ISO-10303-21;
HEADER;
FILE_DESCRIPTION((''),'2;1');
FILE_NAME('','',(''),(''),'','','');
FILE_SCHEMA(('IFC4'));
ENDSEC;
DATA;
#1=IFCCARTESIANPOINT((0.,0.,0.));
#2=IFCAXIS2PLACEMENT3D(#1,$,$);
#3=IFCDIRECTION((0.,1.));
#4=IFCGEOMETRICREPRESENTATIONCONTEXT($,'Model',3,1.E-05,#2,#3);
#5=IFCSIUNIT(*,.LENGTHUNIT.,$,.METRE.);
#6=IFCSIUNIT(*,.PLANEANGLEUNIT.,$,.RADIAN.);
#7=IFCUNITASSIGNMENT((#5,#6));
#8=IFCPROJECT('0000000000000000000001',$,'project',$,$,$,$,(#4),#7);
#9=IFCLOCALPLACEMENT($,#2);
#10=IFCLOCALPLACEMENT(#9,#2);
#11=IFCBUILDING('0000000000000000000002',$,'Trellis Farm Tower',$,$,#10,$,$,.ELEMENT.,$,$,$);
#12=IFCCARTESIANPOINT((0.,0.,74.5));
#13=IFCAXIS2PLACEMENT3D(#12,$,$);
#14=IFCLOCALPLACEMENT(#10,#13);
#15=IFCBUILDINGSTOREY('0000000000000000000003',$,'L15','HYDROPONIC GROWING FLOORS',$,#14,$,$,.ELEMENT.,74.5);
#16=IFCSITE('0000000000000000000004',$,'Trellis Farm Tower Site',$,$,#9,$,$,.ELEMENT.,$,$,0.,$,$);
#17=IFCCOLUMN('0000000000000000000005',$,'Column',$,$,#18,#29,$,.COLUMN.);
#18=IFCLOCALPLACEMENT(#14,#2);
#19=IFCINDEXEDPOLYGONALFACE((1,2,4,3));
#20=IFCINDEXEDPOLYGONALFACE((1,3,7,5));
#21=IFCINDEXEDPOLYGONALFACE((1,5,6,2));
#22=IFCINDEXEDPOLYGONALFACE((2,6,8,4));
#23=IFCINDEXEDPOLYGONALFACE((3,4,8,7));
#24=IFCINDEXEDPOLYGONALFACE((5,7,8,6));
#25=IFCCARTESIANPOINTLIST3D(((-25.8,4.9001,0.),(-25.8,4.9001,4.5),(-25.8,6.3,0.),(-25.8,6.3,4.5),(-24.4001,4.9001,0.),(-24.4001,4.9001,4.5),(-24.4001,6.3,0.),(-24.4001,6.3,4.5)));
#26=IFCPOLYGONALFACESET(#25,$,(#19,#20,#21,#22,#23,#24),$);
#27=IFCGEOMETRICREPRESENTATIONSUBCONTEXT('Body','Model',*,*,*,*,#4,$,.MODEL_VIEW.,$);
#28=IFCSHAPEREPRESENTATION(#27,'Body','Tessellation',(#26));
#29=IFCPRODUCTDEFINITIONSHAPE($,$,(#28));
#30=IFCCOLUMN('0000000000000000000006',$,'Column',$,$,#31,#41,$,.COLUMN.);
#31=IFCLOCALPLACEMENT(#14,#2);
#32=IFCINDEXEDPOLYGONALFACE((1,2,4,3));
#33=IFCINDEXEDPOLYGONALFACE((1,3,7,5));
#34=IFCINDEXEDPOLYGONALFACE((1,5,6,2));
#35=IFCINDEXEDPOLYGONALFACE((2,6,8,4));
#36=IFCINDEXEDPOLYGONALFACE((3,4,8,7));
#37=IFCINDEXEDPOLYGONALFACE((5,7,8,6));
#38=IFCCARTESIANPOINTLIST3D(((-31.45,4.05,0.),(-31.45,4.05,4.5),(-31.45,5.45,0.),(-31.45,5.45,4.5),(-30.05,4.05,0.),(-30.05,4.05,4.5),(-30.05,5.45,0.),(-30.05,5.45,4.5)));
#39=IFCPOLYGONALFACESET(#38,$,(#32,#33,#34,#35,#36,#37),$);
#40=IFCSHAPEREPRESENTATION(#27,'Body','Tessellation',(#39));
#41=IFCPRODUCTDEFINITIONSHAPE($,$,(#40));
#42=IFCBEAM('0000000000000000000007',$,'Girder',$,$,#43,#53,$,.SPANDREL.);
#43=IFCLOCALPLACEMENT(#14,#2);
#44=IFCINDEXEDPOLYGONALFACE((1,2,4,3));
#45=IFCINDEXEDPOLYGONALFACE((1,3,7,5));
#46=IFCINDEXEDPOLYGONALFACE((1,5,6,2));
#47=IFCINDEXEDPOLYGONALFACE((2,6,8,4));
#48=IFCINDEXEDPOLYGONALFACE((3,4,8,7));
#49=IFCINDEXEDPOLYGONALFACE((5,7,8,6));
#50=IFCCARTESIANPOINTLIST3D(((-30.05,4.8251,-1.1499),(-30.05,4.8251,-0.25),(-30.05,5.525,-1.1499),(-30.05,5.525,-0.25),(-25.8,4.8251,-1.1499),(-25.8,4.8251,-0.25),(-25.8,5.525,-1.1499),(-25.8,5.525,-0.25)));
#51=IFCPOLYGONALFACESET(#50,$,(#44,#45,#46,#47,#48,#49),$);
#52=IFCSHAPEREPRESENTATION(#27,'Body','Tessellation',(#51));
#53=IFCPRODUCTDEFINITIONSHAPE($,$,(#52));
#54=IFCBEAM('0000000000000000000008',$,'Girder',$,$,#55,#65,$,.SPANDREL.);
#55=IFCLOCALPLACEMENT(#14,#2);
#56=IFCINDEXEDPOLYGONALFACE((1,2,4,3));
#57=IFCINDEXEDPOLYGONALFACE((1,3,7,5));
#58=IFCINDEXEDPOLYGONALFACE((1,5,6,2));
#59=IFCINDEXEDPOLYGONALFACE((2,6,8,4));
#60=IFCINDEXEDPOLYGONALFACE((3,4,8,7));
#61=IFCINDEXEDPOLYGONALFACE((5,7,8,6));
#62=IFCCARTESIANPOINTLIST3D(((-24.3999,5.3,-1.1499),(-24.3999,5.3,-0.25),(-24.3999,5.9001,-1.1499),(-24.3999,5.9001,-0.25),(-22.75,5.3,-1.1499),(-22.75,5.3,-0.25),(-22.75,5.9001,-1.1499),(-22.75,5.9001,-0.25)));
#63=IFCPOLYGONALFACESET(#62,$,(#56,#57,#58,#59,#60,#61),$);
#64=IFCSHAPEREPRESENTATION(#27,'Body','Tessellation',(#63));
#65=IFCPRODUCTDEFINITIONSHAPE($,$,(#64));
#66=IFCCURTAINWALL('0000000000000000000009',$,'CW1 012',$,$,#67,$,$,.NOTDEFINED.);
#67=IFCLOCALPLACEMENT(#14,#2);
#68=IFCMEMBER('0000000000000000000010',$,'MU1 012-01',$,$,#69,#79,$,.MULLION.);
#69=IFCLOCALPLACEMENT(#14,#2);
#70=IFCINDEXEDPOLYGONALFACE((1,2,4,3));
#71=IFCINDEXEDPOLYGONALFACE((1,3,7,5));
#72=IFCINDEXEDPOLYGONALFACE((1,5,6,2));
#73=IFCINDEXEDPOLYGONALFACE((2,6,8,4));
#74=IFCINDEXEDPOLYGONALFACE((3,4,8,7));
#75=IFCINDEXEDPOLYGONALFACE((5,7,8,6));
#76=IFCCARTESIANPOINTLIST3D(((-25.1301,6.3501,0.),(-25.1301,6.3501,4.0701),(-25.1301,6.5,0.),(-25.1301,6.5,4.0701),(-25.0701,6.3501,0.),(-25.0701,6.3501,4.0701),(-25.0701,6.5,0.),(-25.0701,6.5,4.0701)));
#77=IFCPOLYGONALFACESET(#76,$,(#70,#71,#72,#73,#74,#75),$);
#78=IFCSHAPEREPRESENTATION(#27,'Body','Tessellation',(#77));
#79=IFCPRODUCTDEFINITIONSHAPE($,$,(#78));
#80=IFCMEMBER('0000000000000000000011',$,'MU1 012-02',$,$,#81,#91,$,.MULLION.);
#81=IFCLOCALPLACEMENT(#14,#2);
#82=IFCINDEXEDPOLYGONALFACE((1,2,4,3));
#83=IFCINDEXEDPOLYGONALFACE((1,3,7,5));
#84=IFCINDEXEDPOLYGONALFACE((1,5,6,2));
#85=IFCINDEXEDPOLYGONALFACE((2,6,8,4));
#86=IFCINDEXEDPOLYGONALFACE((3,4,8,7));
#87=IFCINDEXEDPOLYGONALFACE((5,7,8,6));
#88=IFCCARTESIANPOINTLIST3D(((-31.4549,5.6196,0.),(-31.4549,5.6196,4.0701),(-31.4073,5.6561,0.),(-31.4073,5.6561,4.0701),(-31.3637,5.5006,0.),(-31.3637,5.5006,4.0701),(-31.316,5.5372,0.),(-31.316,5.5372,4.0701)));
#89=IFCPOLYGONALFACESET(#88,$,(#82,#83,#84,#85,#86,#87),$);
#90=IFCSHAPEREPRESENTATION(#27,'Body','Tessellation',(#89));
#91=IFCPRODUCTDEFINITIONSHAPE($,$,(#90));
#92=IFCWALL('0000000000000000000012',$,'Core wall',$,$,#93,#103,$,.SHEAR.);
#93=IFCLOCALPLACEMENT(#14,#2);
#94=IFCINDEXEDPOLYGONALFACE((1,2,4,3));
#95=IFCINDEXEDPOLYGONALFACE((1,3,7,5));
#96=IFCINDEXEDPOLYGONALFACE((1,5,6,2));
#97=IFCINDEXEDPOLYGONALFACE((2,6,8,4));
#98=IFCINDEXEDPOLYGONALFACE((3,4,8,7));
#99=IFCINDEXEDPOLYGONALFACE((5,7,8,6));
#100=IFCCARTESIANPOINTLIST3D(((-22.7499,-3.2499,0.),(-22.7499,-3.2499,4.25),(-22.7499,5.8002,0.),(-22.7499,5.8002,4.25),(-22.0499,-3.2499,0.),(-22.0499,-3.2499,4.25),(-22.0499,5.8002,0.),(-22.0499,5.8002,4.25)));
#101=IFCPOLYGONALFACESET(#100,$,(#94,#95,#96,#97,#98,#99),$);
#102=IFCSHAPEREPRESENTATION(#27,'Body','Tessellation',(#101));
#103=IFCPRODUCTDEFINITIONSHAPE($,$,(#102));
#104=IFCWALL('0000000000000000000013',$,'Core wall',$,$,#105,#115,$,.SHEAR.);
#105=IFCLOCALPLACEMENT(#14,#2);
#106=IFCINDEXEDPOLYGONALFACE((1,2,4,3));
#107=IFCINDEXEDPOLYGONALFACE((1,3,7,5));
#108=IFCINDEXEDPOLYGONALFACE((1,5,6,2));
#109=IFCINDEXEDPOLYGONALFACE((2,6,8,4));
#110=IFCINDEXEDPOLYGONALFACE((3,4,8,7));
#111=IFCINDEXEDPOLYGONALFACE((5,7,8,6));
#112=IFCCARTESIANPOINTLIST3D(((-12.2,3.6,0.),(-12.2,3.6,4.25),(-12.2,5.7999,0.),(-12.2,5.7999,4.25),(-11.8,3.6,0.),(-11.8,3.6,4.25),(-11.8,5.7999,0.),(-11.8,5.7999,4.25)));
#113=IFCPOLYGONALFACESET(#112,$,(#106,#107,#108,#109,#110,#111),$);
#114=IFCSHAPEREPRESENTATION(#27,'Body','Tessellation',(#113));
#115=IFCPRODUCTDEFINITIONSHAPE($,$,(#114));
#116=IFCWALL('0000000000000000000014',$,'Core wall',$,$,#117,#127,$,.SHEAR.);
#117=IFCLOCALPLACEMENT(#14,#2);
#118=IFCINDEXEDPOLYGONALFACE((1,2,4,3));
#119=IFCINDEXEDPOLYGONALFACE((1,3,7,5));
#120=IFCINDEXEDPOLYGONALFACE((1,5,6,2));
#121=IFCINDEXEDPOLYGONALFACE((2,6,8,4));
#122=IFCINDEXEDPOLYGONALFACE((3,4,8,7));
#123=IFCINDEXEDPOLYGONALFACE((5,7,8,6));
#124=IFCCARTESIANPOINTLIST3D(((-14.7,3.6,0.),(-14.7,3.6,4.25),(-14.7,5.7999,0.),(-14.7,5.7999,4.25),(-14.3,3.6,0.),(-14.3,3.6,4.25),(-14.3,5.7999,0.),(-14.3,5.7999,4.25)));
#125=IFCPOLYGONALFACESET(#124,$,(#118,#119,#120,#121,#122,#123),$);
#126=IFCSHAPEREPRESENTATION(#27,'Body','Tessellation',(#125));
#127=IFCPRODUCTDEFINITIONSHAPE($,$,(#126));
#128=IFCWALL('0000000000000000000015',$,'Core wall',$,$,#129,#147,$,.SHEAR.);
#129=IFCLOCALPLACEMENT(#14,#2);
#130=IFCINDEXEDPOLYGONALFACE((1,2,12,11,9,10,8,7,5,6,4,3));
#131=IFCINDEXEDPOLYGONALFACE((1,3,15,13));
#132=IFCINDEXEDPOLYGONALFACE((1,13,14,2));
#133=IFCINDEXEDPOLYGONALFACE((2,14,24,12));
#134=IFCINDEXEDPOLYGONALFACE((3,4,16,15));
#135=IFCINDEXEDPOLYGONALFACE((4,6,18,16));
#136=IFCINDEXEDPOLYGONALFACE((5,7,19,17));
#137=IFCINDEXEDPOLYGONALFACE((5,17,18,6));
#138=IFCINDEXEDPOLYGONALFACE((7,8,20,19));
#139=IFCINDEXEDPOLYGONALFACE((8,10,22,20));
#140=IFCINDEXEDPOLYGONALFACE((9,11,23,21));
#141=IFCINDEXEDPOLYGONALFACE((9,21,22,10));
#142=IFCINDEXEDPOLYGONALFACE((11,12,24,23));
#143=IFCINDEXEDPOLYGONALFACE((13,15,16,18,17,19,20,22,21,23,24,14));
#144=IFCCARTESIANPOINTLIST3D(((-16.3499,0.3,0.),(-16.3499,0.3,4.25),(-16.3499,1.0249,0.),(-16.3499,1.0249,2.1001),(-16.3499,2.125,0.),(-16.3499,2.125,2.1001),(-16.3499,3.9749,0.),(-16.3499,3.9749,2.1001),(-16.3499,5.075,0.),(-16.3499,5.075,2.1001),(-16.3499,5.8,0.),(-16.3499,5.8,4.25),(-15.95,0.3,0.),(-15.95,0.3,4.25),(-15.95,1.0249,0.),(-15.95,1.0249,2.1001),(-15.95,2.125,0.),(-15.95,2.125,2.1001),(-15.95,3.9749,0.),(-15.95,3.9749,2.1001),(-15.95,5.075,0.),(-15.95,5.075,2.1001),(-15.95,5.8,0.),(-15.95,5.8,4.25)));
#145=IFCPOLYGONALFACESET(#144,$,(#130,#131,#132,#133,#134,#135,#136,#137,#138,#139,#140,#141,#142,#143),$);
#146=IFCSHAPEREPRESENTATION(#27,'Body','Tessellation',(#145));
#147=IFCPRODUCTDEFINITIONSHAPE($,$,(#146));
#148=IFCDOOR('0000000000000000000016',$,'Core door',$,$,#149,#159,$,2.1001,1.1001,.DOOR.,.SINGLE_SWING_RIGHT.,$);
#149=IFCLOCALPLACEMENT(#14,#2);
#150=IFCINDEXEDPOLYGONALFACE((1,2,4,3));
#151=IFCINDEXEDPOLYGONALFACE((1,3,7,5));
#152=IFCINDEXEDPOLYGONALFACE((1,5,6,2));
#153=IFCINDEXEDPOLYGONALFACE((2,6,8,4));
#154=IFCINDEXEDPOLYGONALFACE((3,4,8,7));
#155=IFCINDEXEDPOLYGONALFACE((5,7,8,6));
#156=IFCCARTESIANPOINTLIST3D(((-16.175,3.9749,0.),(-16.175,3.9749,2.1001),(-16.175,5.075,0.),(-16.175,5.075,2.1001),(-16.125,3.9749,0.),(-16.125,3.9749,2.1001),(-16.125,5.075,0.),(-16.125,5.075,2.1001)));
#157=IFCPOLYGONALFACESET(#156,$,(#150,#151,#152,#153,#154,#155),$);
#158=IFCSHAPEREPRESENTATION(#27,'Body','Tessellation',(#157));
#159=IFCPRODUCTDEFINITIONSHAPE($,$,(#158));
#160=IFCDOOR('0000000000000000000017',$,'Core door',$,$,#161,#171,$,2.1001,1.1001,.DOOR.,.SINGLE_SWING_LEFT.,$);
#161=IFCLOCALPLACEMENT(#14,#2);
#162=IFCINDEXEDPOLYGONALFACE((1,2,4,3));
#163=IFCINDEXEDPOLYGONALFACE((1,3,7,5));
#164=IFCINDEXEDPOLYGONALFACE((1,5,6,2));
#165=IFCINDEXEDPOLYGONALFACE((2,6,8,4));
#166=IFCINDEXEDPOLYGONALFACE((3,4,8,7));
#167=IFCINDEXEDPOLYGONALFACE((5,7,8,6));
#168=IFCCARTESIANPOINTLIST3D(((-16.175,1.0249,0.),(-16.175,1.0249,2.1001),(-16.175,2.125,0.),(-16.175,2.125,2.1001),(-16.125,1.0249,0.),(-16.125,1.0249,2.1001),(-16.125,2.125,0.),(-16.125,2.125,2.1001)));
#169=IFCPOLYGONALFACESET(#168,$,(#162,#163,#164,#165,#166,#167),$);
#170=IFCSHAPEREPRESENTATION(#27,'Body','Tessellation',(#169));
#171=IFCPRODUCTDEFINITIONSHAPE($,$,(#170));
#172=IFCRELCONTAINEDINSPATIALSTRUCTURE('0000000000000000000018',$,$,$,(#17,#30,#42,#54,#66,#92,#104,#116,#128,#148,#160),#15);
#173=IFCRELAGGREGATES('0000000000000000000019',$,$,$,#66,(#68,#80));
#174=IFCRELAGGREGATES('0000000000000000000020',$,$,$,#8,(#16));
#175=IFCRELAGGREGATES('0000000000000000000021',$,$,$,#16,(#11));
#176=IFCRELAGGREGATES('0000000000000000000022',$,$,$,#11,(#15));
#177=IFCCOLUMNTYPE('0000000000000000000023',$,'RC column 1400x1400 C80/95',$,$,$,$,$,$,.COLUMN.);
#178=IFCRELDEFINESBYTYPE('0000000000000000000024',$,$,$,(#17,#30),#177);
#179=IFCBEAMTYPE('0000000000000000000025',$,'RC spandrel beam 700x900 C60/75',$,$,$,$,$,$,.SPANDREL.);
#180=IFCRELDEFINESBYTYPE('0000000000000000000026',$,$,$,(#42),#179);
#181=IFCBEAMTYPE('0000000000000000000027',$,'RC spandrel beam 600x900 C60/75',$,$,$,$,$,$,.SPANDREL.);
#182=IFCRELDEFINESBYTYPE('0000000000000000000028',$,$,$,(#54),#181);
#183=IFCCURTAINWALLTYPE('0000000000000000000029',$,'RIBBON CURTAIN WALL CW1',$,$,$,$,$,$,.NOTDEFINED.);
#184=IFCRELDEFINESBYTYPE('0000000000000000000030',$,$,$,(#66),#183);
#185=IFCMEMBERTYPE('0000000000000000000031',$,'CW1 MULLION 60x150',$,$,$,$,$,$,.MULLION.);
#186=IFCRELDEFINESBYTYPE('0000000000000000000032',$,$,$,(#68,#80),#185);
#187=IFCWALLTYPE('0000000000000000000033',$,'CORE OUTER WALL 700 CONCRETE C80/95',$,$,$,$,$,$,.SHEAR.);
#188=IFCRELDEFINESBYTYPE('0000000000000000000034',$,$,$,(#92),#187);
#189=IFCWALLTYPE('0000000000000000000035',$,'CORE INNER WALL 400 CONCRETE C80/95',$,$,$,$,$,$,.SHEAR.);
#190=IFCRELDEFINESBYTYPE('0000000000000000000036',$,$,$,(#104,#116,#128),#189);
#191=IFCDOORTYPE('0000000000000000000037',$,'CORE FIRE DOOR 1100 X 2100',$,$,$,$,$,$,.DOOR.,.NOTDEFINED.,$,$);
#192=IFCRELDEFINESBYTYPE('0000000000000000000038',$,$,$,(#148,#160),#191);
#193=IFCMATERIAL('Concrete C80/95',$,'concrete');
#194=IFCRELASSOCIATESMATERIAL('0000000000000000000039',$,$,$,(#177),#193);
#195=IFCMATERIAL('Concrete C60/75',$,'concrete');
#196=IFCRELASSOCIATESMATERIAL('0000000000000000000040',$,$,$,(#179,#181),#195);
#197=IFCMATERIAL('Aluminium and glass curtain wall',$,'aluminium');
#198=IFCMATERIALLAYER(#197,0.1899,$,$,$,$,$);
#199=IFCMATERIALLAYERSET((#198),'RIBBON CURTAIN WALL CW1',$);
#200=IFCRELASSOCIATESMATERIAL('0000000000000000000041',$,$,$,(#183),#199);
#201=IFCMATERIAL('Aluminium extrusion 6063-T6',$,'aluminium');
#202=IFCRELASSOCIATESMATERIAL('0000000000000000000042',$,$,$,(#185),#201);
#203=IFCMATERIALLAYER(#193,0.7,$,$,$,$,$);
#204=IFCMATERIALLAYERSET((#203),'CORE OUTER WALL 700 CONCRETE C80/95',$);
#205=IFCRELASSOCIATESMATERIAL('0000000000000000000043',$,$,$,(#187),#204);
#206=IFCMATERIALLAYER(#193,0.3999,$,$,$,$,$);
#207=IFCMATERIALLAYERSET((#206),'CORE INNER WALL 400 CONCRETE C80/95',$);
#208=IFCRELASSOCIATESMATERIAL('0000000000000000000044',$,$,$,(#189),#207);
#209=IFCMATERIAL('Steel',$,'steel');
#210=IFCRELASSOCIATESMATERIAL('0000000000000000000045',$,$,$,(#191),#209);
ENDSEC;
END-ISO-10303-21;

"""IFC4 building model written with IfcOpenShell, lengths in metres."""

from ifc_helpers import new_model, si_unit, direction, frame, frame_2d, origin, origin_2d, place, context, subcontext, project, spatial, rectangle, extrude, source, transform, mapped, material, layer, layer_set, material_profile, profile_set, type_object, element, fill, aggregate, save


model = new_model("IFC4")

# Units and contexts
model_context = context("Model", 3, precision=1e-05, world=origin(), true_north=direction((0.0, 1.0)))
body_context = subcontext(model_context, "Body", "Model", "MODEL_VIEW")
ifc_project = project(units=[si_unit("LENGTHUNIT", "METRE"), si_unit("PLANEANGLEUNIT", "RADIAN")], contexts=[model_context])

# Site, building, storey
site_placement = place(None, origin())
site = spatial("IfcSite", under=ifc_project, at=site_placement, Name="Trellis Farm Tower Site", CompositionType="ELEMENT", RefElevation=0.0)
building_placement = place(site_placement, origin())
building = spatial("IfcBuilding", under=site, at=building_placement, Name="Trellis Farm Tower", CompositionType="ELEMENT")
storey_placement = place(building_placement, frame((0.0, 0.0, 74.5)))
storey = spatial("IfcBuildingStorey", under=building, at=storey_placement, Name="L15", Description="HYDROPONIC GROWING FLOORS", CompositionType="ELEMENT", Elevation=74.5)

# Columns
ifc_material_1 = material(Name="Concrete C80/95", Category="concrete")
ifc_material_profile_1 = material_profile(ifc_material_1, rectangle(XDim=1.3999, YDim=1.3999, at=origin_2d()), Name="RC column 1400x1400 C80/95")
ifc_profile_set_1 = profile_set([ifc_material_profile_1], Name="Concrete C80/95")
column_type = type_object("IfcColumnType", Name="RC column 1400x1400 C80/95", PredefinedType="COLUMN", material=ifc_profile_set_1)
shared_shape_1 = source(origin(), body_context, "Body", "SweptSolid", [
    extrude(rectangle(XDim=1.3999, YDim=1.3999, at=origin_2d()), origin(), (0.0, 0.0, 1.0), 4.5),
])
for number, where, z_axis, x_axis, name in (
    (1, (-25.1001, 5.6001, 0.0), (0.0, 0.0, 1.0), (1.0, 0.0, 0.0), "Column"),
    (2, (-30.75, 4.75, 0.0), (0.0, 0.0, 1.0), (1.0, 0.0, 0.0), "Column"),
):
    element("IfcColumn", number, at=place(storey_placement, frame(where, z_axis=z_axis, x_axis=x_axis)), inside=storey, type_object=column_type, Name=name, PredefinedType="COLUMN", context=body_context, shape_type="MappedRepresentation", body=[
        mapped(shared_shape_1, transform((0.0, 0.0, 0.0))),
    ])

# Beams
ifc_material_2 = material(Name="Concrete C60/75", Category="concrete")
ifc_material_profile_2 = material_profile(ifc_material_2, rectangle(XDim=0.7, YDim=0.8999, at=origin_2d()), Name="RC spandrel beam 700x900 C60/75")
ifc_profile_set_2 = profile_set([ifc_material_profile_2], Name="Concrete C60/75")
beam_type_1 = type_object("IfcBeamType", Name="RC spandrel beam 700x900 C60/75", PredefinedType="SPANDREL", material=ifc_profile_set_2)
shared_shape_2 = source(origin(), body_context, "Body", "SweptSolid", [
    extrude(rectangle(XDim=0.7, YDim=0.8999, at=origin_2d()), origin(), (0.0, 0.0, 1.0), 4.25),
])
beam_1_placement = place(storey_placement, frame((-30.05, 5.175, -0.7), z_axis=(1.0, 0.0, 0.0), x_axis=(0.0, 1.0, 0.0)))
element("IfcBeam", 3, at=beam_1_placement, inside=storey, type_object=beam_type_1, Name="Girder", PredefinedType="SPANDREL", context=body_context, shape_type="MappedRepresentation", body=[
    mapped(shared_shape_2, transform((0.0, 0.0, 0.0))),
])
ifc_material_profile_3 = material_profile(ifc_material_2, rectangle(XDim=0.6001, YDim=0.8999, at=origin_2d()), Name="RC spandrel beam 600x900 C60/75")
ifc_profile_set_3 = profile_set([ifc_material_profile_3], Name="Concrete C60/75")
beam_type_2 = type_object("IfcBeamType", Name="RC spandrel beam 600x900 C60/75", PredefinedType="SPANDREL", material=ifc_profile_set_3)
shared_shape_3 = source(origin(), body_context, "Body", "SweptSolid", [
    extrude(rectangle(XDim=0.6001, YDim=0.8999, at=origin_2d()), origin(), (0.0, 0.0, 1.0), 1.6499),
])
beam_2_placement = place(storey_placement, frame((-24.3999, 5.6001, -0.7), z_axis=(1.0, 0.0, 0.0), x_axis=(0.0, 1.0, 0.0)))
element("IfcBeam", 4, at=beam_2_placement, inside=storey, type_object=beam_type_2, Name="Girder", PredefinedType="SPANDREL", context=body_context, shape_type="MappedRepresentation", body=[
    mapped(shared_shape_3, transform((0.0, 0.0, 0.0))),
])

# Curtain wall, members
ifc_material_3 = material(Name="Aluminium and glass curtain wall", Category="aluminium")
ifc_layer_1 = layer(ifc_material_3, 0.1899)
ifc_layer_set_1 = layer_set([ifc_layer_1], Name="RIBBON CURTAIN WALL CW1")
curtain_wall_type = type_object("IfcCurtainWallType", Name="RIBBON CURTAIN WALL CW1", PredefinedType="NOTDEFINED", material=ifc_layer_set_1)
placement = place(storey_placement, origin())
curtain_wall = element("IfcCurtainWall", 5, at=placement, inside=storey, type_object=curtain_wall_type, Name="CW1 012", PredefinedType="NOTDEFINED")
ifc_material_4 = material(Name="Aluminium extrusion 6063-T6", Category="aluminium")
ifc_material_profile_4 = material_profile(ifc_material_4, rectangle(XDim=0.0601, YDim=0.1499, at=origin_2d()), Name="MULLION 60x150")
ifc_profile_set_4 = profile_set([ifc_material_profile_4], Name="Aluminium extrusion 6063-T6")
member_type = type_object("IfcMemberType", Name="CW1 MULLION 60x150", PredefinedType="MULLION", material=ifc_profile_set_4)
shared_shape_4 = source(origin(), body_context, "Body", "SweptSolid", [
    extrude(rectangle(XDim=0.0601, YDim=0.1499, at=origin_2d()), origin(), (0.0, 0.0, 1.0), 4.0701),
])
member_1_placement = place(storey_placement, frame((-25.1001, 6.425, 0.0), z_axis=(0.0, 0.0, 1.0), x_axis=(-1.0, 0.0, 0.0)))
member_1 = element("IfcMember", 6, at=member_1_placement, type_object=member_type, Name="MU1 012-01", PredefinedType="MULLION", context=body_context, shape_type="MappedRepresentation", body=[
    mapped(shared_shape_4, transform((0.0, 0.0, 0.0))),
])
member_2_placement = place(storey_placement, frame((-31.3855, 5.5784, 0.0), z_axis=(0.0, 0.0, 1.0), x_axis=(-0.793353, -0.608761, 0.0)))
member_2 = element("IfcMember", 7, at=member_2_placement, type_object=member_type, Name="MU1 012-02", PredefinedType="MULLION", context=body_context, shape_type="MappedRepresentation", body=[
    mapped(shared_shape_4, transform((0.0, 0.0, 0.0))),
])
aggregate(curtain_wall, [member_1, member_2])

# Walls
ifc_layer_2 = layer(ifc_material_1, 0.7)
ifc_layer_set_2 = layer_set([ifc_layer_2], Name="CORE OUTER WALL 700 CONCRETE C80/95")
wall_type_1 = type_object("IfcWallType", Name="CORE OUTER WALL 700 CONCRETE C80/95", PredefinedType="SHEAR", material=ifc_layer_set_2)
shared_shape_5 = source(origin(), body_context, "Body", "SweptSolid", [
    extrude(rectangle(XDim=9.05, YDim=0.7, at=frame_2d((4.5249, 0.0))), origin(), (0.0, 0.0, 1.0), 4.25),
])
wall_1_placement = place(storey_placement, frame((-22.3999, 5.8, 0.0), z_axis=(0.0, 0.0, 1.0), x_axis=(0.0, -1.0, 0.0)))
element("IfcWall", 8, at=wall_1_placement, inside=storey, type_object=wall_type_1, Name="Core wall", PredefinedType="SHEAR", context=body_context, shape_type="MappedRepresentation", body=[
    mapped(shared_shape_5, transform((0.0, 0.0, 0.0))),
])
ifc_layer_3 = layer(ifc_material_1, 0.3999)
ifc_layer_set_3 = layer_set([ifc_layer_3], Name="CORE INNER WALL 400 CONCRETE C80/95")
wall_type_2 = type_object("IfcWallType", Name="CORE INNER WALL 400 CONCRETE C80/95", PredefinedType="SHEAR", material=ifc_layer_set_3)
shared_shape_6 = source(origin(), body_context, "Body", "SweptSolid", [
    extrude(rectangle(XDim=2.2, YDim=0.3999, at=frame_2d((1.1001, 0.0))), origin(), (0.0, 0.0, 1.0), 4.25),
])
for number, where, z_axis, x_axis, name in (
    (9, (-12.0, 5.8, 0.0), (0.0, 0.0, 1.0), (0.0, -1.0, 0.0), "Core wall"),
    (10, (-14.5, 5.8, 0.0), (0.0, 0.0, 1.0), (0.0, -1.0, 0.0), "Core wall"),
):
    element("IfcWall", number, at=place(storey_placement, frame(where, z_axis=z_axis, x_axis=x_axis)), inside=storey, type_object=wall_type_2, Name=name, PredefinedType="SHEAR", context=body_context, shape_type="MappedRepresentation", body=[
        mapped(shared_shape_6, transform((0.0, 0.0, 0.0))),
    ])

# Wall, openings, doors
shared_shape_7 = source(origin(), body_context, "Body", "SweptSolid", [
    extrude(rectangle(XDim=5.5, YDim=0.3999, at=frame_2d((2.75, 0.0))), origin(), (0.0, 0.0, 1.0), 4.25),
])
wall_2_placement = place(storey_placement, frame((-16.1499, 5.8, 0.0), z_axis=(0.0, 0.0, 1.0), x_axis=(0.0, -1.0, 0.0)))
wall_2 = element("IfcWall", 11, at=wall_2_placement, inside=storey, type_object=wall_type_2, Name="Core wall", PredefinedType="SHEAR", context=body_context, shape_type="MappedRepresentation", body=[
    mapped(shared_shape_7, transform((0.0, 0.0, 0.0))),
])
shared_shape_8 = source(origin(), body_context, "Body", "SweptSolid", [
    extrude(rectangle(XDim=1.1001, YDim=2.1001, at=frame_2d((0.55, 1.05))), frame((0.0, 0.21, 0.0), z_axis=(0.0, -1.0, 0.0), x_axis=(1.0, 0.0, 0.0)), (0.0, 0.0, 1.0), 0.4199),
])
opening_1_placement = place(wall_2_placement, frame((0.7251, 0.0, 0.0)))
opening_1 = element("IfcOpeningElement", 12, at=opening_1_placement, cuts=wall_2, PredefinedType="OPENING", context=body_context, shape_type="MappedRepresentation", body=[
    mapped(shared_shape_8, transform((0.0, 0.0, 0.0))),
])
opening_2_placement = place(wall_2_placement, frame((3.675, 0.0, 0.0)))
opening_2 = element("IfcOpeningElement", 13, at=opening_2_placement, cuts=wall_2, PredefinedType="OPENING", context=body_context, shape_type="MappedRepresentation", body=[
    mapped(shared_shape_8, transform((0.0, 0.0, 0.0))),
])
ifc_material_5 = material(Name="Steel", Category="steel")
door_type = type_object("IfcDoorType", Name="CORE FIRE DOOR 1100 X 2100", OperationType="NOTDEFINED", PredefinedType="DOOR", material=ifc_material_5)
shared_shape_9 = source(origin(), body_context, "Body", "SweptSolid", [
    extrude(rectangle(XDim=1.1001, YDim=2.1001, at=frame_2d((0.55, 1.05))), frame((0.0, 0.0249, 0.0), z_axis=(0.0, -1.0, 0.0), x_axis=(1.0, 0.0, 0.0)), (0.0, 0.0, 1.0), 0.05),
])
door_1_placement = place(opening_1_placement, origin())
door_1 = element("IfcDoor", 14, at=door_1_placement, inside=storey, type_object=door_type, Name="Core door", OperationType="SINGLE_SWING_RIGHT", OverallHeight=2.1001, OverallWidth=1.1001, PredefinedType="DOOR", context=body_context, shape_type="MappedRepresentation", body=[
    mapped(shared_shape_9, transform((0.0, 0.0, 0.0))),
])
fill(opening_1, door_1)
door_2_placement = place(opening_2_placement, origin())
door_2 = element("IfcDoor", 15, at=door_2_placement, inside=storey, type_object=door_type, Name="Core door", OperationType="SINGLE_SWING_LEFT", OverallHeight=2.1001, OverallWidth=1.1001, PredefinedType="DOOR", context=body_context, shape_type="MappedRepresentation", body=[
    mapped(shared_shape_9, transform((0.0, 0.0, 0.0))),
])
fill(opening_2, door_2)

save(model, "model.ifc")
